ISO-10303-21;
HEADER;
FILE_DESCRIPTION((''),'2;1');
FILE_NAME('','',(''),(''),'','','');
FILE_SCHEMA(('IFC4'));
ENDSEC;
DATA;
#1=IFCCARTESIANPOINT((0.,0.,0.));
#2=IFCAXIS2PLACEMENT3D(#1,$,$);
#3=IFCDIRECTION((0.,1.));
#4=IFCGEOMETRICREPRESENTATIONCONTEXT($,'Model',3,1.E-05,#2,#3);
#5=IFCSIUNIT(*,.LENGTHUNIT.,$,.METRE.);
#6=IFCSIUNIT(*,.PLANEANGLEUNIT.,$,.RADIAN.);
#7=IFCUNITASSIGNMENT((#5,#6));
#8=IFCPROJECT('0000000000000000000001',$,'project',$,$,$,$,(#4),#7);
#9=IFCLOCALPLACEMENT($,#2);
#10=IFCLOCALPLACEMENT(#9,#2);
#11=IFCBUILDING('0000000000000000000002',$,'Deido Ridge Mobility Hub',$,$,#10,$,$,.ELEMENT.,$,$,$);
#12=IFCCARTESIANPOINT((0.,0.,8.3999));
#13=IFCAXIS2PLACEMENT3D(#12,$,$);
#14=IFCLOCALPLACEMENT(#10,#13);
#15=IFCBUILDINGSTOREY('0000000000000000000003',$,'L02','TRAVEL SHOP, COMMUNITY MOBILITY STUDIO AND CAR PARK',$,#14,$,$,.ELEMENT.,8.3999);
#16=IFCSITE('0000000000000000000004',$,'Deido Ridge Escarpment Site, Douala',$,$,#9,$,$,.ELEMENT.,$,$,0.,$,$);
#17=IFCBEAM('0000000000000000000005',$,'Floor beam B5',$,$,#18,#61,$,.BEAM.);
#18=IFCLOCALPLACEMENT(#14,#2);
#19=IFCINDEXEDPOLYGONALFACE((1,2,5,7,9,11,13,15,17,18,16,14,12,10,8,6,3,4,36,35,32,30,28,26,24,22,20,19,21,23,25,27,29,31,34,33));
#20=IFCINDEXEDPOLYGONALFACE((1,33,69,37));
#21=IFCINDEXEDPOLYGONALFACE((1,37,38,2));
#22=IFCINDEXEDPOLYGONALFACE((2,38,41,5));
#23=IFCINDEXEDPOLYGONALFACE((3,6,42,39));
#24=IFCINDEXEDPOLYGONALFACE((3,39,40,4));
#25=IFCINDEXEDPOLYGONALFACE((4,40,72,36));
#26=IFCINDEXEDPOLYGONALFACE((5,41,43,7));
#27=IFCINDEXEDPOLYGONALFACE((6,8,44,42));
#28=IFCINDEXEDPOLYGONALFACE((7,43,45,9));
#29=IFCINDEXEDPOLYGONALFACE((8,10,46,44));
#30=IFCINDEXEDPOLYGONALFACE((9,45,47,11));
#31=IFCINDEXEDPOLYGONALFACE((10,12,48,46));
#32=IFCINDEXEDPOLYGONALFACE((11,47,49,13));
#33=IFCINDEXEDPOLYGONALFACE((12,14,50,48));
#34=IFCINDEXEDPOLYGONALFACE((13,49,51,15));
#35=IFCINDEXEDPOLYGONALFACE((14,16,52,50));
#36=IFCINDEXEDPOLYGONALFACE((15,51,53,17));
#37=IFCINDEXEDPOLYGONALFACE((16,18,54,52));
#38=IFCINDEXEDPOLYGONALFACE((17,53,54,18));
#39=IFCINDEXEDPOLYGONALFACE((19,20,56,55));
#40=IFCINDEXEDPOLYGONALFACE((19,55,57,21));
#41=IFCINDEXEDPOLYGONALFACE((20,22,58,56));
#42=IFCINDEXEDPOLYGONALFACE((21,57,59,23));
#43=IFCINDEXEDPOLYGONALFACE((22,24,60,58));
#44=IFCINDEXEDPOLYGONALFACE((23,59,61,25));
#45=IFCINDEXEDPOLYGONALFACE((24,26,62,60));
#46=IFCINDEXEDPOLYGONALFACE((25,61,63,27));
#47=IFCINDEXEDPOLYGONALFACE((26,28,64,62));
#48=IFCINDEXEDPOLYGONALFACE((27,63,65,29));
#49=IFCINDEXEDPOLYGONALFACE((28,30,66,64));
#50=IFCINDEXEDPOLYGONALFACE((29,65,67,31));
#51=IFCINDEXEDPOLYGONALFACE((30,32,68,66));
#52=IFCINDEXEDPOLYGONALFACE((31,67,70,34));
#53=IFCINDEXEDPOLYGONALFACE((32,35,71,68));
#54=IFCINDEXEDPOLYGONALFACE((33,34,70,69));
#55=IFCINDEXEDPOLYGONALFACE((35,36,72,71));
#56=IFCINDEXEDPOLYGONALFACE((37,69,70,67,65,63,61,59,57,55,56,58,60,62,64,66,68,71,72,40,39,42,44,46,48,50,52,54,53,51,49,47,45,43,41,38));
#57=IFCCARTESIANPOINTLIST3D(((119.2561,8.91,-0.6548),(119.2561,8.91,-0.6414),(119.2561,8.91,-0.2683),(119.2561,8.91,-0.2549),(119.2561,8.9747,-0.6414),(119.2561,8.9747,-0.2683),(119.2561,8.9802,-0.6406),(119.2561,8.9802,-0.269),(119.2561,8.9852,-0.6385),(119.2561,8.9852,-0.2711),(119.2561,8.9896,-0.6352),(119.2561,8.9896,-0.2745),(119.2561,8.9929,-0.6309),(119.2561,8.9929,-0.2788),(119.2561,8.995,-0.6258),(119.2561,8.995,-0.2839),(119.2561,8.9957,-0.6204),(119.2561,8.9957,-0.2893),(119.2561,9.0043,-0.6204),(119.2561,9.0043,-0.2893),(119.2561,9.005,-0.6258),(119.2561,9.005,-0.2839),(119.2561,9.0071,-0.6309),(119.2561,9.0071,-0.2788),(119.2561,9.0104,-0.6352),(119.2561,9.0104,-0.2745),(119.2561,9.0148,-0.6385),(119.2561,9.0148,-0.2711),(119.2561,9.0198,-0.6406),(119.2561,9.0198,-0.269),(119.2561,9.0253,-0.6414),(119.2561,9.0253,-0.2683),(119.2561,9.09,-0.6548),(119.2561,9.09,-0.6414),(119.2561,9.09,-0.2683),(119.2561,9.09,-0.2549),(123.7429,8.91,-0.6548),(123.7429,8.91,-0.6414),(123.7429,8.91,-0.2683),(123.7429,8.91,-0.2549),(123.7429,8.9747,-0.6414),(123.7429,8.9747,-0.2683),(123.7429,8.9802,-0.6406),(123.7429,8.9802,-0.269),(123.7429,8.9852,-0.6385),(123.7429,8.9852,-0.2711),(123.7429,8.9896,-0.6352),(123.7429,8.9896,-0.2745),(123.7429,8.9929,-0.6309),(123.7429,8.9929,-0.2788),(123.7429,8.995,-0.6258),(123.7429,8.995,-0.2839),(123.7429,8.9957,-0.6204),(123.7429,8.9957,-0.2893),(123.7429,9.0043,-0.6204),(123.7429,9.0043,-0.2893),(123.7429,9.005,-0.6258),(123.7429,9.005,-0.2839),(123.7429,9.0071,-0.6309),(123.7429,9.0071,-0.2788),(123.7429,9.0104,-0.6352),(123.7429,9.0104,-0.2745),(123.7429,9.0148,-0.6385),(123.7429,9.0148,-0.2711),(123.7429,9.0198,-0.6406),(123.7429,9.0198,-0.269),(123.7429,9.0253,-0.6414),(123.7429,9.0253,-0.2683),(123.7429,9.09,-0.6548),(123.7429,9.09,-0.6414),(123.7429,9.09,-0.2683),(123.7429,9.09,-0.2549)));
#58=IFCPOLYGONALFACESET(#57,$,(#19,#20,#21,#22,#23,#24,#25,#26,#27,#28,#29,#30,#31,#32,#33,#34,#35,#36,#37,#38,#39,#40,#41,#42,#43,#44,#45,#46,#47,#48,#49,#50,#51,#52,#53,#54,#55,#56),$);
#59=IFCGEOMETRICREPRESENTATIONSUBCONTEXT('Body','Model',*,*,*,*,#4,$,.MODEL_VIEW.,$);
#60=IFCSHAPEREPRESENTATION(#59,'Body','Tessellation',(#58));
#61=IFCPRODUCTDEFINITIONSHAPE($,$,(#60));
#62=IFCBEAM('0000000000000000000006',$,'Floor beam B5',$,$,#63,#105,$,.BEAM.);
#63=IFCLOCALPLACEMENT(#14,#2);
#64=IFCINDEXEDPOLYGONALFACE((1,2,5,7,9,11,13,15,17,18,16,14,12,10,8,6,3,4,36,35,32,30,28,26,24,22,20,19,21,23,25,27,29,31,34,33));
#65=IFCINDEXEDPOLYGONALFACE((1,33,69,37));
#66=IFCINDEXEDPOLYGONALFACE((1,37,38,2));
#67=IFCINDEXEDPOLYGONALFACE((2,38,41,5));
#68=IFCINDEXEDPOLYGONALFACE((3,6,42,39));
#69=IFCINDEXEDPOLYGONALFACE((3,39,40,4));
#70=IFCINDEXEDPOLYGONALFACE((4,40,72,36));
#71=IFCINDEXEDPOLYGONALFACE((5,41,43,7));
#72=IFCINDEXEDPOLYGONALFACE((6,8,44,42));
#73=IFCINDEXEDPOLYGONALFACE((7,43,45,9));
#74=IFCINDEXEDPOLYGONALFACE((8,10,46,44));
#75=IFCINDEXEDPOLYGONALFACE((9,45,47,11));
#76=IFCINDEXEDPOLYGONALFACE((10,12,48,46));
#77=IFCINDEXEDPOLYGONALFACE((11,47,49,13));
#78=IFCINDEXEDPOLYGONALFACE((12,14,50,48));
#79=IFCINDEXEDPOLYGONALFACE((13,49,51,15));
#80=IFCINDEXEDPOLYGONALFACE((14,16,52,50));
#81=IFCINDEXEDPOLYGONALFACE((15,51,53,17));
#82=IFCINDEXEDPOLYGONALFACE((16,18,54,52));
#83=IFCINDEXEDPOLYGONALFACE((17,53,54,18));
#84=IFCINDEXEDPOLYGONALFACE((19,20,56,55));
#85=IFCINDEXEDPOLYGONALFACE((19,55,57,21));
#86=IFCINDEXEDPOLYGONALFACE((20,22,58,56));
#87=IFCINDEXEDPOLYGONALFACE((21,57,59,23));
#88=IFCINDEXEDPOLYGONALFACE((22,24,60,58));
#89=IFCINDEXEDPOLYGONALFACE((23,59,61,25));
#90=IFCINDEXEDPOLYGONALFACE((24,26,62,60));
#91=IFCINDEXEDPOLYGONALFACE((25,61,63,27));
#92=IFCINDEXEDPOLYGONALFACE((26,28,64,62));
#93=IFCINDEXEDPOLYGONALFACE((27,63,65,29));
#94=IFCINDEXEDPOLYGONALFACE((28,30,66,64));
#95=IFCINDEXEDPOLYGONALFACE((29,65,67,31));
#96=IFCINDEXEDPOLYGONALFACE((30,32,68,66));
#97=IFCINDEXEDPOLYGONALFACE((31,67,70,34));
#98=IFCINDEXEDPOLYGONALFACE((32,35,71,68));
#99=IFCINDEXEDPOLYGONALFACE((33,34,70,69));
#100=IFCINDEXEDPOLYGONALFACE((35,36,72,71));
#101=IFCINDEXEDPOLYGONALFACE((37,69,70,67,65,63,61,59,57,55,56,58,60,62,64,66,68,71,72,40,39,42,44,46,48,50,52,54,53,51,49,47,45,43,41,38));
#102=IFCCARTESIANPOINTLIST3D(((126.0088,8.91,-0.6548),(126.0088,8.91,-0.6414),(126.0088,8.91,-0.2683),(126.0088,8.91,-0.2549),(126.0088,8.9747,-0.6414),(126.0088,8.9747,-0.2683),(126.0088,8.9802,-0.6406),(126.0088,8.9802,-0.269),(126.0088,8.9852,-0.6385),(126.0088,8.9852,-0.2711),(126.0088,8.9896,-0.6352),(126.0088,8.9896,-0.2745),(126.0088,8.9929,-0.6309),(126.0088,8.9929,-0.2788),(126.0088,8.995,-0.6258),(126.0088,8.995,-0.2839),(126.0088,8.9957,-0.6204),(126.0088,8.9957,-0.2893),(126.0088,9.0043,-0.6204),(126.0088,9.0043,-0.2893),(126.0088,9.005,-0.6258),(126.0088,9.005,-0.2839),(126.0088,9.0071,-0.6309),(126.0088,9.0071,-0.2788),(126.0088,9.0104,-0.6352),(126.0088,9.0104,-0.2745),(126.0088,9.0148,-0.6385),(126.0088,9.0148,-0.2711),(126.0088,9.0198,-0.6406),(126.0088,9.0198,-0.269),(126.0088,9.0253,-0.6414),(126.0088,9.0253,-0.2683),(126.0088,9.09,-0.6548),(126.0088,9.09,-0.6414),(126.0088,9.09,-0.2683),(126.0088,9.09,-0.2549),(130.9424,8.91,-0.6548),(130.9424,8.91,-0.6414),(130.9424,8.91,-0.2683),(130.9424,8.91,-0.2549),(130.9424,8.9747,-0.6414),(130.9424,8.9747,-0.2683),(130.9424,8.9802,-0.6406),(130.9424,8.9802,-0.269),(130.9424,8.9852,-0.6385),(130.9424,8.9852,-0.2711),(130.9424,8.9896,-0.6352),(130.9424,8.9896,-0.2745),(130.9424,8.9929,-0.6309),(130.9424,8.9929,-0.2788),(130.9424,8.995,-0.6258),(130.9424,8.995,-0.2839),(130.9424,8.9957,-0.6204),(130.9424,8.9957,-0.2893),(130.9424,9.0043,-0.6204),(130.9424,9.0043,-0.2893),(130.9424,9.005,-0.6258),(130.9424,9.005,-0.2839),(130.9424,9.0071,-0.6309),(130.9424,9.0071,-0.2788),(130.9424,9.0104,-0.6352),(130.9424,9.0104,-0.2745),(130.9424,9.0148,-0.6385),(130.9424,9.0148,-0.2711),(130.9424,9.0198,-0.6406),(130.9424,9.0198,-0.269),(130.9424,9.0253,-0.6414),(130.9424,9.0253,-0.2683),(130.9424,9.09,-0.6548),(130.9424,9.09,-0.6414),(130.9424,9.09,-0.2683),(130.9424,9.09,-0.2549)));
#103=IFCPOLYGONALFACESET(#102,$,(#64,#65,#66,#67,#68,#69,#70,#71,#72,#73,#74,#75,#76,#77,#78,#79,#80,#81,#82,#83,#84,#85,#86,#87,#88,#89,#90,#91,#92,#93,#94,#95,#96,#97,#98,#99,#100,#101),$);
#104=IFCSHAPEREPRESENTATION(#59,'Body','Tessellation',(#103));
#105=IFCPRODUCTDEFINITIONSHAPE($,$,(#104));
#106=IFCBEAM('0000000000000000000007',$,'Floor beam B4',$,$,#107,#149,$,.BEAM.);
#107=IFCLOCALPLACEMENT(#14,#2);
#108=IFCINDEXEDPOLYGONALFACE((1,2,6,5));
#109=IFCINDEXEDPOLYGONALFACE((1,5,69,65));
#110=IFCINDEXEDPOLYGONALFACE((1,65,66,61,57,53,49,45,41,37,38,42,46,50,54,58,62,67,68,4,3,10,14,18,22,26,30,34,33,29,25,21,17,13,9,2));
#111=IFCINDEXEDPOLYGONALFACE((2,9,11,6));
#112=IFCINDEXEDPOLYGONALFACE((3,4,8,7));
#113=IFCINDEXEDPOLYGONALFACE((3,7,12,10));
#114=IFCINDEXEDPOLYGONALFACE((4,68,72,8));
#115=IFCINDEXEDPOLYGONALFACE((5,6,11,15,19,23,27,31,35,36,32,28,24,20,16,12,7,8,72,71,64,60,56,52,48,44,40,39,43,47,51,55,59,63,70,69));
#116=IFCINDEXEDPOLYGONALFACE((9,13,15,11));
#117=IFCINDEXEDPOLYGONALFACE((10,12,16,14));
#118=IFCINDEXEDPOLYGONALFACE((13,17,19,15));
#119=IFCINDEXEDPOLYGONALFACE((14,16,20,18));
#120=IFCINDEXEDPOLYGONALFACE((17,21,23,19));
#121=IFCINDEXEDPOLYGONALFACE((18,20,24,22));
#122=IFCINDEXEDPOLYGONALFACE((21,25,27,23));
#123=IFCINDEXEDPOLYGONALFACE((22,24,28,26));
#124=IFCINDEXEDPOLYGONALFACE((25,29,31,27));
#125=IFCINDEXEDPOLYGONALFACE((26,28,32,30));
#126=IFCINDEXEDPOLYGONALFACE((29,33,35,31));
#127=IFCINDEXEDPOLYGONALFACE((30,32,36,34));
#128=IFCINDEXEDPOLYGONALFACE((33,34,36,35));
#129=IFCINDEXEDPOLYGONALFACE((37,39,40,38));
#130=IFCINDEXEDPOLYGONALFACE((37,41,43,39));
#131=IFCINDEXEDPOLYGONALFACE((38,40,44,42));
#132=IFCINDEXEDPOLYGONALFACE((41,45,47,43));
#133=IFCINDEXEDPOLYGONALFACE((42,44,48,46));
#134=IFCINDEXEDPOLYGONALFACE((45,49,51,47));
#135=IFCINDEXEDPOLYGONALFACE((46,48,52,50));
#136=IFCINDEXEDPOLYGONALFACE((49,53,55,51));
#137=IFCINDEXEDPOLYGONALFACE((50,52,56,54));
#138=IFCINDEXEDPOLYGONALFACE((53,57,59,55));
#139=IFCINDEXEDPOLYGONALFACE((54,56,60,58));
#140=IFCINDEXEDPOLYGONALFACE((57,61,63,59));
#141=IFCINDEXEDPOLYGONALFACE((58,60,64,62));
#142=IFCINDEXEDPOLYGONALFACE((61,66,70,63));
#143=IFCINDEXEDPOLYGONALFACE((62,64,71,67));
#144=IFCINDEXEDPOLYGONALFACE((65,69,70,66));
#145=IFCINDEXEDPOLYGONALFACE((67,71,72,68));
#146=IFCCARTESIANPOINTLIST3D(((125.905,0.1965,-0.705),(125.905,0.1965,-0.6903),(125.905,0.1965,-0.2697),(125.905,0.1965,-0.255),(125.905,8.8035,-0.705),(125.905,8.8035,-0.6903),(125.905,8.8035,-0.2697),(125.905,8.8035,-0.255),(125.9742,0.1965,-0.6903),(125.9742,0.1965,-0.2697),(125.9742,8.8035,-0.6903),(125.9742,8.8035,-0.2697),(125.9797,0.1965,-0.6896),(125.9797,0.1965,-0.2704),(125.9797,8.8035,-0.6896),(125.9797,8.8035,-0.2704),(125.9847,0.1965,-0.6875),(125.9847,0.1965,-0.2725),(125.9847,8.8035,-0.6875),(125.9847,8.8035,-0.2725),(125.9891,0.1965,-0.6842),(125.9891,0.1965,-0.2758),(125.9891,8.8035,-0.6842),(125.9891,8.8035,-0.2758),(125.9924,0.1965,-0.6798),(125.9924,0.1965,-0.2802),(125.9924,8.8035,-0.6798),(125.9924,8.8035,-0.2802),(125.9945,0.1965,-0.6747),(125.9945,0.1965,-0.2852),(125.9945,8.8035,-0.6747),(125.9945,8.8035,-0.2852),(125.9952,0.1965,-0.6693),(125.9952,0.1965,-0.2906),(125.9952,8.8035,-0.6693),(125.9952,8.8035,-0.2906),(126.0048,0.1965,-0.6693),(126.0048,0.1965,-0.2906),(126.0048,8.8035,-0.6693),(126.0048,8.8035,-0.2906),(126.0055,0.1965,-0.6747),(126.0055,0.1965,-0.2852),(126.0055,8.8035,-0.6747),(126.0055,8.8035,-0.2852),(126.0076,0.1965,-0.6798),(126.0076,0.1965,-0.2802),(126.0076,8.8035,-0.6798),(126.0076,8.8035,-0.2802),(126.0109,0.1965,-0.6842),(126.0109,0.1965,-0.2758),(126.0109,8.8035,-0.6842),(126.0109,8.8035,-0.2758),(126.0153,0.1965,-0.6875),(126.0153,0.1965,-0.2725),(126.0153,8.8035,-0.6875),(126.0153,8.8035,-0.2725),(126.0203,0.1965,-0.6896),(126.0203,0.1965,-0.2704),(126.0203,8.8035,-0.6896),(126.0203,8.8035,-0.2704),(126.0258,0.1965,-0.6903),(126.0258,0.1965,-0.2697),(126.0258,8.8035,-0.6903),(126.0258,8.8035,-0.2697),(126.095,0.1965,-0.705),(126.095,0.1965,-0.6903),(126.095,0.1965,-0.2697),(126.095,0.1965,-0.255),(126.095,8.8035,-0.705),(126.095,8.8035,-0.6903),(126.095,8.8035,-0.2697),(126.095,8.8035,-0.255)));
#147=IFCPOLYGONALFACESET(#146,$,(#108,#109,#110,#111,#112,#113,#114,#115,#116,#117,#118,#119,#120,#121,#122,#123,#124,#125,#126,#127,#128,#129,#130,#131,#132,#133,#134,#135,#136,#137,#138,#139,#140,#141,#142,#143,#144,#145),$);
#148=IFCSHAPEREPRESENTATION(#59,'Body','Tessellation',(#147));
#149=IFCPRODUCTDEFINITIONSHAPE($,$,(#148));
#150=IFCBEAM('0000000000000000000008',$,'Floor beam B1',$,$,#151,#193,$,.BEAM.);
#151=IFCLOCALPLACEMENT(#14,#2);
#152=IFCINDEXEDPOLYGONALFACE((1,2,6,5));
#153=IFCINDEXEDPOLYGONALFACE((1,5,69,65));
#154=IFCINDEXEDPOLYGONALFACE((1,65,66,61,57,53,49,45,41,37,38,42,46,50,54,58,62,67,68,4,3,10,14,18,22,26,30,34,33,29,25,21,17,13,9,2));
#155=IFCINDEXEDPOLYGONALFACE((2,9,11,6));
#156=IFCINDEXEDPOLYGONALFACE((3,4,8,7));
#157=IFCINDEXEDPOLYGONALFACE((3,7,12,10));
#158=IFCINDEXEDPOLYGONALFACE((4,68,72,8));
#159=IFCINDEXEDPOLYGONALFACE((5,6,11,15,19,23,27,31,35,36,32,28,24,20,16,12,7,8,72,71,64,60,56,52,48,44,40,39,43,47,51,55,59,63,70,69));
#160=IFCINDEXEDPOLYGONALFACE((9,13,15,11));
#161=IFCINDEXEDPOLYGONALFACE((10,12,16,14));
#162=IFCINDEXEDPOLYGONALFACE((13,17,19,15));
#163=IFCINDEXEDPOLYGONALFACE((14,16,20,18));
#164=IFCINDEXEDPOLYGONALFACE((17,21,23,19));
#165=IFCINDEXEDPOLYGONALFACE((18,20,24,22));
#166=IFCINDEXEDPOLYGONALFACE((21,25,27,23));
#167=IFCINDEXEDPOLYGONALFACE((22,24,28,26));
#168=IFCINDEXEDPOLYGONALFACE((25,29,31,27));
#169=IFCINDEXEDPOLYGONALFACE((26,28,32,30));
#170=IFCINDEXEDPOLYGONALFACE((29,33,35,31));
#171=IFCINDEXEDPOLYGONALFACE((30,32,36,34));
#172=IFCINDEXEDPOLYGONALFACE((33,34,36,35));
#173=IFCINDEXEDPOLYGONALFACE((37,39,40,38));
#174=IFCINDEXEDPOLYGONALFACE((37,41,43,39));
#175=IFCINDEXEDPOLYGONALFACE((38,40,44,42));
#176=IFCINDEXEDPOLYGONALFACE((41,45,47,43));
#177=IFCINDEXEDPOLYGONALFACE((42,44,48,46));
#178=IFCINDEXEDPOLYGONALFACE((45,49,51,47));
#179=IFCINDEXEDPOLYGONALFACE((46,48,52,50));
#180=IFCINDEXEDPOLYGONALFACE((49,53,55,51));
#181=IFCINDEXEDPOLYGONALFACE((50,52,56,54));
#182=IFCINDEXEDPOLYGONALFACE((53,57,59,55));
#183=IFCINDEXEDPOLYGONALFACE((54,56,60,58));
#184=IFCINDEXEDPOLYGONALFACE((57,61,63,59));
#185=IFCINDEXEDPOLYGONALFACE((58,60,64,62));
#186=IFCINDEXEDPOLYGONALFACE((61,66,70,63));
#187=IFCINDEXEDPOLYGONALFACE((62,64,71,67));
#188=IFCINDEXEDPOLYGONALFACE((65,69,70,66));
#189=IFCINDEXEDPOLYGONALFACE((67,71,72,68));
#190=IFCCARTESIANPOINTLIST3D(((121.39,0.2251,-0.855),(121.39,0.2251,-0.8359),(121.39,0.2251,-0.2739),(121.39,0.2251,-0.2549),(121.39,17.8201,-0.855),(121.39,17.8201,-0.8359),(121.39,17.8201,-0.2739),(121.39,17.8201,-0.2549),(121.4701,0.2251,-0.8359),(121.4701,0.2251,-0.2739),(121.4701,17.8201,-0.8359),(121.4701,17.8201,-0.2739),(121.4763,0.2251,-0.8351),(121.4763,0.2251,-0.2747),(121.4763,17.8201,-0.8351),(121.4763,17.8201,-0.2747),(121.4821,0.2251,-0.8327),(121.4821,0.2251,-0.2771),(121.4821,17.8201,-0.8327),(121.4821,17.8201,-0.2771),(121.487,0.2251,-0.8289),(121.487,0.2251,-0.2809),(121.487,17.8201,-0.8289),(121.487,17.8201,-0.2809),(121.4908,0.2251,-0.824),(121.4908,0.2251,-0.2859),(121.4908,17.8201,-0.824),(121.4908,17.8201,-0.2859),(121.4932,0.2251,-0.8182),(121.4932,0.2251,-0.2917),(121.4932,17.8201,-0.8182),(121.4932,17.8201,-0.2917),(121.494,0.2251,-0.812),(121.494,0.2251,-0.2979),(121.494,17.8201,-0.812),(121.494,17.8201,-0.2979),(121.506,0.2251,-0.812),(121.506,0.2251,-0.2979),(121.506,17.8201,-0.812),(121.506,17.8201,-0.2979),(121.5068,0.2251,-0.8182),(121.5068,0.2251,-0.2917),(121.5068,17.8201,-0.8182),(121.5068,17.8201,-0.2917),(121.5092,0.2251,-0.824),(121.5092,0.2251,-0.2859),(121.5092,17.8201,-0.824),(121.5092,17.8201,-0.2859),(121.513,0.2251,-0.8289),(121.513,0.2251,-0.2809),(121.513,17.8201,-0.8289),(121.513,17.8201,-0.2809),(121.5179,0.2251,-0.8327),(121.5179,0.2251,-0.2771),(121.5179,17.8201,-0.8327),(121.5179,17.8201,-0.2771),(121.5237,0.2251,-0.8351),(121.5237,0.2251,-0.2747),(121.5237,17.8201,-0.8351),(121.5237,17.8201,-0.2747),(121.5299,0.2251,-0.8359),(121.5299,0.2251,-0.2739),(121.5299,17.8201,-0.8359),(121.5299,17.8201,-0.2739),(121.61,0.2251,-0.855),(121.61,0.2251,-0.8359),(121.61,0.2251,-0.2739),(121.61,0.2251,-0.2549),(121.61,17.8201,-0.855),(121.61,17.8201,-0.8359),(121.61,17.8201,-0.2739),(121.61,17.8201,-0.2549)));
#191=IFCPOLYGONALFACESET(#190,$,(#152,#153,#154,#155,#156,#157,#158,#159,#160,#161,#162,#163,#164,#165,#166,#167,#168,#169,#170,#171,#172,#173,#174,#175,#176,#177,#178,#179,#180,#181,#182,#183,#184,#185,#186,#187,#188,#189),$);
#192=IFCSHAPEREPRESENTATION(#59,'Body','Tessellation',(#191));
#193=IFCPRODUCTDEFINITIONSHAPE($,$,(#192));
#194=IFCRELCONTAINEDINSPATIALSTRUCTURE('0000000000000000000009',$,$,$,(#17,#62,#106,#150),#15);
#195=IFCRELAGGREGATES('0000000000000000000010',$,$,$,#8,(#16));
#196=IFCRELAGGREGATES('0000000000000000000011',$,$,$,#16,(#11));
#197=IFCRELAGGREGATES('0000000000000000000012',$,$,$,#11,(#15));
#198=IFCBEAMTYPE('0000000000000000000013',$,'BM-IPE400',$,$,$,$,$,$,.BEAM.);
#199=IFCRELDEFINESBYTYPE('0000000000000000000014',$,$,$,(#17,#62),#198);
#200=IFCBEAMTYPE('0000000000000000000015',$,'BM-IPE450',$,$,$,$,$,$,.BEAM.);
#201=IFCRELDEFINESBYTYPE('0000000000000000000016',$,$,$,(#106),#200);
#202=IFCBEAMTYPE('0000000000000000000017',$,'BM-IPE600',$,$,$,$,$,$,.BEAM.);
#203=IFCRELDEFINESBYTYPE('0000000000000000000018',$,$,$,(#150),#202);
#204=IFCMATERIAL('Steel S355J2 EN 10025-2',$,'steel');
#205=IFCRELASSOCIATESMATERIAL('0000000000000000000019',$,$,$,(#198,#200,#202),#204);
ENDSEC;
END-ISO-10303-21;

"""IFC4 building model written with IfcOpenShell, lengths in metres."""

from ifc_helpers import new_model, si_unit, direction, frame, origin, origin_2d, place, context, subcontext, project, spatial, i_section, extrude, material, material_profile, profile_set, type_object, element, save


model = new_model("IFC4")

# Units and contexts
model_context = context("Model", 3, precision=1e-05, world=origin(), true_north=direction((0.0, 1.0)))
body_context = subcontext(model_context, "Body", "Model", "MODEL_VIEW")
ifc_project = project(units=[si_unit("LENGTHUNIT", "METRE"), si_unit("PLANEANGLEUNIT", "RADIAN")], contexts=[model_context])

# Site, building, storey
site_placement = place(None, origin())
site = spatial("IfcSite", under=ifc_project, at=site_placement, Name="Deido Ridge Escarpment Site, Douala", CompositionType="ELEMENT", RefElevation=0.0)
building_placement = place(site_placement, origin())
building = spatial("IfcBuilding", under=site, at=building_placement, Name="Deido Ridge Mobility Hub", CompositionType="ELEMENT")
storey_placement = place(building_placement, frame((0.0, 0.0, 8.3999)))
storey = spatial("IfcBuildingStorey", under=building, at=storey_placement, Name="L02", Description="TRAVEL SHOP, COMMUNITY MOBILITY STUDIO AND CAR PARK", CompositionType="ELEMENT", Elevation=8.3999)

# Shared definitions
ifc_material_1 = material(Name="Steel S355J2 EN 10025-2", Category="steel")

# Beams
ifc_material_profile_1 = material_profile(ifc_material_1, i_section(OverallWidth=0.1799, OverallDepth=0.3999, WebThickness=0.0085, FlangeThickness=0.0134, FilletRadius=0.021, at=origin_2d()), Name="IPE 400")
ifc_profile_set_1 = profile_set([ifc_material_profile_1], Name="Steel S355J2 EN 10025-2")
beam_type_1 = type_object("IfcBeamType", Name="BM-IPE400", PredefinedType="BEAM", material=ifc_profile_set_1)
beam_1_placement = place(storey_placement, frame((119.2561, 9.0, -0.4548), z_axis=(1.0, 0.0, 0.0), x_axis=(0.0, 1.0, 0.0)))
element("IfcBeam", 1, at=beam_1_placement, inside=storey, type_object=beam_type_1, Name="Floor beam B5", PredefinedType="BEAM", context=body_context, shape_type="SweptSolid", body=[
    extrude(i_section(OverallWidth=0.1799, OverallDepth=0.3999, WebThickness=0.0085, FlangeThickness=0.0134, FilletRadius=0.021, at=origin_2d()), origin(), (0.0, 0.0, 1.0), 4.4868),
])
beam_2_placement = place(storey_placement, frame((126.0088, 9.0, -0.4548), z_axis=(1.0, 0.0, 0.0), x_axis=(0.0, 1.0, 0.0)))
element("IfcBeam", 2, at=beam_2_placement, inside=storey, type_object=beam_type_1, Name="Floor beam B5", PredefinedType="BEAM", context=body_context, shape_type="SweptSolid", body=[
    extrude(i_section(OverallWidth=0.1799, OverallDepth=0.3999, WebThickness=0.0085, FlangeThickness=0.0134, FilletRadius=0.021, at=origin_2d()), origin(), (0.0, 0.0, 1.0), 4.9336),
])
ifc_material_profile_2 = material_profile(ifc_material_1, i_section(OverallWidth=0.1899, OverallDepth=0.45, WebThickness=0.0095, FlangeThickness=0.0146, FilletRadius=0.021, at=origin_2d()), Name="IPE 450")
ifc_profile_set_2 = profile_set([ifc_material_profile_2], Name="Steel S355J2 EN 10025-2")
beam_type_2 = type_object("IfcBeamType", Name="BM-IPE450", PredefinedType="BEAM", material=ifc_profile_set_2)
beam_3_placement = place(storey_placement, frame((126.0, 0.1965, -0.48), z_axis=(0.0, 1.0, 0.0), x_axis=(-1.0, 0.0, 0.0)))
element("IfcBeam", 3, at=beam_3_placement, inside=storey, type_object=beam_type_2, Name="Floor beam B4", PredefinedType="BEAM", context=body_context, shape_type="SweptSolid", body=[
    extrude(i_section(OverallWidth=0.1899, OverallDepth=0.45, WebThickness=0.0095, FlangeThickness=0.0146, FilletRadius=0.021, at=origin_2d()), origin(), (0.0, 0.0, 1.0), 8.6069),
])
ifc_material_profile_3 = material_profile(ifc_material_1, i_section(OverallWidth=0.22, OverallDepth=0.6001, WebThickness=0.012, FlangeThickness=0.019, FilletRadius=0.0239, at=origin_2d()), Name="IPE 600")
ifc_profile_set_3 = profile_set([ifc_material_profile_3], Name="Steel S355J2 EN 10025-2")
beam_type_3 = type_object("IfcBeamType", Name="BM-IPE600", PredefinedType="BEAM", material=ifc_profile_set_3)
beam_4_placement = place(storey_placement, frame((121.5, 0.2251, -0.5549), z_axis=(0.0, 1.0, 0.0), x_axis=(-1.0, 0.0, 0.0)))
element("IfcBeam", 4, at=beam_4_placement, inside=storey, type_object=beam_type_3, Name="Floor beam B1", PredefinedType="BEAM", context=body_context, shape_type="SweptSolid", body=[
    extrude(i_section(OverallWidth=0.22, OverallDepth=0.6001, WebThickness=0.012, FlangeThickness=0.019, FilletRadius=0.0239, at=origin_2d()), origin(), (0.0, 0.0, 1.0), 17.595),
])

save(model, "model.ifc")
